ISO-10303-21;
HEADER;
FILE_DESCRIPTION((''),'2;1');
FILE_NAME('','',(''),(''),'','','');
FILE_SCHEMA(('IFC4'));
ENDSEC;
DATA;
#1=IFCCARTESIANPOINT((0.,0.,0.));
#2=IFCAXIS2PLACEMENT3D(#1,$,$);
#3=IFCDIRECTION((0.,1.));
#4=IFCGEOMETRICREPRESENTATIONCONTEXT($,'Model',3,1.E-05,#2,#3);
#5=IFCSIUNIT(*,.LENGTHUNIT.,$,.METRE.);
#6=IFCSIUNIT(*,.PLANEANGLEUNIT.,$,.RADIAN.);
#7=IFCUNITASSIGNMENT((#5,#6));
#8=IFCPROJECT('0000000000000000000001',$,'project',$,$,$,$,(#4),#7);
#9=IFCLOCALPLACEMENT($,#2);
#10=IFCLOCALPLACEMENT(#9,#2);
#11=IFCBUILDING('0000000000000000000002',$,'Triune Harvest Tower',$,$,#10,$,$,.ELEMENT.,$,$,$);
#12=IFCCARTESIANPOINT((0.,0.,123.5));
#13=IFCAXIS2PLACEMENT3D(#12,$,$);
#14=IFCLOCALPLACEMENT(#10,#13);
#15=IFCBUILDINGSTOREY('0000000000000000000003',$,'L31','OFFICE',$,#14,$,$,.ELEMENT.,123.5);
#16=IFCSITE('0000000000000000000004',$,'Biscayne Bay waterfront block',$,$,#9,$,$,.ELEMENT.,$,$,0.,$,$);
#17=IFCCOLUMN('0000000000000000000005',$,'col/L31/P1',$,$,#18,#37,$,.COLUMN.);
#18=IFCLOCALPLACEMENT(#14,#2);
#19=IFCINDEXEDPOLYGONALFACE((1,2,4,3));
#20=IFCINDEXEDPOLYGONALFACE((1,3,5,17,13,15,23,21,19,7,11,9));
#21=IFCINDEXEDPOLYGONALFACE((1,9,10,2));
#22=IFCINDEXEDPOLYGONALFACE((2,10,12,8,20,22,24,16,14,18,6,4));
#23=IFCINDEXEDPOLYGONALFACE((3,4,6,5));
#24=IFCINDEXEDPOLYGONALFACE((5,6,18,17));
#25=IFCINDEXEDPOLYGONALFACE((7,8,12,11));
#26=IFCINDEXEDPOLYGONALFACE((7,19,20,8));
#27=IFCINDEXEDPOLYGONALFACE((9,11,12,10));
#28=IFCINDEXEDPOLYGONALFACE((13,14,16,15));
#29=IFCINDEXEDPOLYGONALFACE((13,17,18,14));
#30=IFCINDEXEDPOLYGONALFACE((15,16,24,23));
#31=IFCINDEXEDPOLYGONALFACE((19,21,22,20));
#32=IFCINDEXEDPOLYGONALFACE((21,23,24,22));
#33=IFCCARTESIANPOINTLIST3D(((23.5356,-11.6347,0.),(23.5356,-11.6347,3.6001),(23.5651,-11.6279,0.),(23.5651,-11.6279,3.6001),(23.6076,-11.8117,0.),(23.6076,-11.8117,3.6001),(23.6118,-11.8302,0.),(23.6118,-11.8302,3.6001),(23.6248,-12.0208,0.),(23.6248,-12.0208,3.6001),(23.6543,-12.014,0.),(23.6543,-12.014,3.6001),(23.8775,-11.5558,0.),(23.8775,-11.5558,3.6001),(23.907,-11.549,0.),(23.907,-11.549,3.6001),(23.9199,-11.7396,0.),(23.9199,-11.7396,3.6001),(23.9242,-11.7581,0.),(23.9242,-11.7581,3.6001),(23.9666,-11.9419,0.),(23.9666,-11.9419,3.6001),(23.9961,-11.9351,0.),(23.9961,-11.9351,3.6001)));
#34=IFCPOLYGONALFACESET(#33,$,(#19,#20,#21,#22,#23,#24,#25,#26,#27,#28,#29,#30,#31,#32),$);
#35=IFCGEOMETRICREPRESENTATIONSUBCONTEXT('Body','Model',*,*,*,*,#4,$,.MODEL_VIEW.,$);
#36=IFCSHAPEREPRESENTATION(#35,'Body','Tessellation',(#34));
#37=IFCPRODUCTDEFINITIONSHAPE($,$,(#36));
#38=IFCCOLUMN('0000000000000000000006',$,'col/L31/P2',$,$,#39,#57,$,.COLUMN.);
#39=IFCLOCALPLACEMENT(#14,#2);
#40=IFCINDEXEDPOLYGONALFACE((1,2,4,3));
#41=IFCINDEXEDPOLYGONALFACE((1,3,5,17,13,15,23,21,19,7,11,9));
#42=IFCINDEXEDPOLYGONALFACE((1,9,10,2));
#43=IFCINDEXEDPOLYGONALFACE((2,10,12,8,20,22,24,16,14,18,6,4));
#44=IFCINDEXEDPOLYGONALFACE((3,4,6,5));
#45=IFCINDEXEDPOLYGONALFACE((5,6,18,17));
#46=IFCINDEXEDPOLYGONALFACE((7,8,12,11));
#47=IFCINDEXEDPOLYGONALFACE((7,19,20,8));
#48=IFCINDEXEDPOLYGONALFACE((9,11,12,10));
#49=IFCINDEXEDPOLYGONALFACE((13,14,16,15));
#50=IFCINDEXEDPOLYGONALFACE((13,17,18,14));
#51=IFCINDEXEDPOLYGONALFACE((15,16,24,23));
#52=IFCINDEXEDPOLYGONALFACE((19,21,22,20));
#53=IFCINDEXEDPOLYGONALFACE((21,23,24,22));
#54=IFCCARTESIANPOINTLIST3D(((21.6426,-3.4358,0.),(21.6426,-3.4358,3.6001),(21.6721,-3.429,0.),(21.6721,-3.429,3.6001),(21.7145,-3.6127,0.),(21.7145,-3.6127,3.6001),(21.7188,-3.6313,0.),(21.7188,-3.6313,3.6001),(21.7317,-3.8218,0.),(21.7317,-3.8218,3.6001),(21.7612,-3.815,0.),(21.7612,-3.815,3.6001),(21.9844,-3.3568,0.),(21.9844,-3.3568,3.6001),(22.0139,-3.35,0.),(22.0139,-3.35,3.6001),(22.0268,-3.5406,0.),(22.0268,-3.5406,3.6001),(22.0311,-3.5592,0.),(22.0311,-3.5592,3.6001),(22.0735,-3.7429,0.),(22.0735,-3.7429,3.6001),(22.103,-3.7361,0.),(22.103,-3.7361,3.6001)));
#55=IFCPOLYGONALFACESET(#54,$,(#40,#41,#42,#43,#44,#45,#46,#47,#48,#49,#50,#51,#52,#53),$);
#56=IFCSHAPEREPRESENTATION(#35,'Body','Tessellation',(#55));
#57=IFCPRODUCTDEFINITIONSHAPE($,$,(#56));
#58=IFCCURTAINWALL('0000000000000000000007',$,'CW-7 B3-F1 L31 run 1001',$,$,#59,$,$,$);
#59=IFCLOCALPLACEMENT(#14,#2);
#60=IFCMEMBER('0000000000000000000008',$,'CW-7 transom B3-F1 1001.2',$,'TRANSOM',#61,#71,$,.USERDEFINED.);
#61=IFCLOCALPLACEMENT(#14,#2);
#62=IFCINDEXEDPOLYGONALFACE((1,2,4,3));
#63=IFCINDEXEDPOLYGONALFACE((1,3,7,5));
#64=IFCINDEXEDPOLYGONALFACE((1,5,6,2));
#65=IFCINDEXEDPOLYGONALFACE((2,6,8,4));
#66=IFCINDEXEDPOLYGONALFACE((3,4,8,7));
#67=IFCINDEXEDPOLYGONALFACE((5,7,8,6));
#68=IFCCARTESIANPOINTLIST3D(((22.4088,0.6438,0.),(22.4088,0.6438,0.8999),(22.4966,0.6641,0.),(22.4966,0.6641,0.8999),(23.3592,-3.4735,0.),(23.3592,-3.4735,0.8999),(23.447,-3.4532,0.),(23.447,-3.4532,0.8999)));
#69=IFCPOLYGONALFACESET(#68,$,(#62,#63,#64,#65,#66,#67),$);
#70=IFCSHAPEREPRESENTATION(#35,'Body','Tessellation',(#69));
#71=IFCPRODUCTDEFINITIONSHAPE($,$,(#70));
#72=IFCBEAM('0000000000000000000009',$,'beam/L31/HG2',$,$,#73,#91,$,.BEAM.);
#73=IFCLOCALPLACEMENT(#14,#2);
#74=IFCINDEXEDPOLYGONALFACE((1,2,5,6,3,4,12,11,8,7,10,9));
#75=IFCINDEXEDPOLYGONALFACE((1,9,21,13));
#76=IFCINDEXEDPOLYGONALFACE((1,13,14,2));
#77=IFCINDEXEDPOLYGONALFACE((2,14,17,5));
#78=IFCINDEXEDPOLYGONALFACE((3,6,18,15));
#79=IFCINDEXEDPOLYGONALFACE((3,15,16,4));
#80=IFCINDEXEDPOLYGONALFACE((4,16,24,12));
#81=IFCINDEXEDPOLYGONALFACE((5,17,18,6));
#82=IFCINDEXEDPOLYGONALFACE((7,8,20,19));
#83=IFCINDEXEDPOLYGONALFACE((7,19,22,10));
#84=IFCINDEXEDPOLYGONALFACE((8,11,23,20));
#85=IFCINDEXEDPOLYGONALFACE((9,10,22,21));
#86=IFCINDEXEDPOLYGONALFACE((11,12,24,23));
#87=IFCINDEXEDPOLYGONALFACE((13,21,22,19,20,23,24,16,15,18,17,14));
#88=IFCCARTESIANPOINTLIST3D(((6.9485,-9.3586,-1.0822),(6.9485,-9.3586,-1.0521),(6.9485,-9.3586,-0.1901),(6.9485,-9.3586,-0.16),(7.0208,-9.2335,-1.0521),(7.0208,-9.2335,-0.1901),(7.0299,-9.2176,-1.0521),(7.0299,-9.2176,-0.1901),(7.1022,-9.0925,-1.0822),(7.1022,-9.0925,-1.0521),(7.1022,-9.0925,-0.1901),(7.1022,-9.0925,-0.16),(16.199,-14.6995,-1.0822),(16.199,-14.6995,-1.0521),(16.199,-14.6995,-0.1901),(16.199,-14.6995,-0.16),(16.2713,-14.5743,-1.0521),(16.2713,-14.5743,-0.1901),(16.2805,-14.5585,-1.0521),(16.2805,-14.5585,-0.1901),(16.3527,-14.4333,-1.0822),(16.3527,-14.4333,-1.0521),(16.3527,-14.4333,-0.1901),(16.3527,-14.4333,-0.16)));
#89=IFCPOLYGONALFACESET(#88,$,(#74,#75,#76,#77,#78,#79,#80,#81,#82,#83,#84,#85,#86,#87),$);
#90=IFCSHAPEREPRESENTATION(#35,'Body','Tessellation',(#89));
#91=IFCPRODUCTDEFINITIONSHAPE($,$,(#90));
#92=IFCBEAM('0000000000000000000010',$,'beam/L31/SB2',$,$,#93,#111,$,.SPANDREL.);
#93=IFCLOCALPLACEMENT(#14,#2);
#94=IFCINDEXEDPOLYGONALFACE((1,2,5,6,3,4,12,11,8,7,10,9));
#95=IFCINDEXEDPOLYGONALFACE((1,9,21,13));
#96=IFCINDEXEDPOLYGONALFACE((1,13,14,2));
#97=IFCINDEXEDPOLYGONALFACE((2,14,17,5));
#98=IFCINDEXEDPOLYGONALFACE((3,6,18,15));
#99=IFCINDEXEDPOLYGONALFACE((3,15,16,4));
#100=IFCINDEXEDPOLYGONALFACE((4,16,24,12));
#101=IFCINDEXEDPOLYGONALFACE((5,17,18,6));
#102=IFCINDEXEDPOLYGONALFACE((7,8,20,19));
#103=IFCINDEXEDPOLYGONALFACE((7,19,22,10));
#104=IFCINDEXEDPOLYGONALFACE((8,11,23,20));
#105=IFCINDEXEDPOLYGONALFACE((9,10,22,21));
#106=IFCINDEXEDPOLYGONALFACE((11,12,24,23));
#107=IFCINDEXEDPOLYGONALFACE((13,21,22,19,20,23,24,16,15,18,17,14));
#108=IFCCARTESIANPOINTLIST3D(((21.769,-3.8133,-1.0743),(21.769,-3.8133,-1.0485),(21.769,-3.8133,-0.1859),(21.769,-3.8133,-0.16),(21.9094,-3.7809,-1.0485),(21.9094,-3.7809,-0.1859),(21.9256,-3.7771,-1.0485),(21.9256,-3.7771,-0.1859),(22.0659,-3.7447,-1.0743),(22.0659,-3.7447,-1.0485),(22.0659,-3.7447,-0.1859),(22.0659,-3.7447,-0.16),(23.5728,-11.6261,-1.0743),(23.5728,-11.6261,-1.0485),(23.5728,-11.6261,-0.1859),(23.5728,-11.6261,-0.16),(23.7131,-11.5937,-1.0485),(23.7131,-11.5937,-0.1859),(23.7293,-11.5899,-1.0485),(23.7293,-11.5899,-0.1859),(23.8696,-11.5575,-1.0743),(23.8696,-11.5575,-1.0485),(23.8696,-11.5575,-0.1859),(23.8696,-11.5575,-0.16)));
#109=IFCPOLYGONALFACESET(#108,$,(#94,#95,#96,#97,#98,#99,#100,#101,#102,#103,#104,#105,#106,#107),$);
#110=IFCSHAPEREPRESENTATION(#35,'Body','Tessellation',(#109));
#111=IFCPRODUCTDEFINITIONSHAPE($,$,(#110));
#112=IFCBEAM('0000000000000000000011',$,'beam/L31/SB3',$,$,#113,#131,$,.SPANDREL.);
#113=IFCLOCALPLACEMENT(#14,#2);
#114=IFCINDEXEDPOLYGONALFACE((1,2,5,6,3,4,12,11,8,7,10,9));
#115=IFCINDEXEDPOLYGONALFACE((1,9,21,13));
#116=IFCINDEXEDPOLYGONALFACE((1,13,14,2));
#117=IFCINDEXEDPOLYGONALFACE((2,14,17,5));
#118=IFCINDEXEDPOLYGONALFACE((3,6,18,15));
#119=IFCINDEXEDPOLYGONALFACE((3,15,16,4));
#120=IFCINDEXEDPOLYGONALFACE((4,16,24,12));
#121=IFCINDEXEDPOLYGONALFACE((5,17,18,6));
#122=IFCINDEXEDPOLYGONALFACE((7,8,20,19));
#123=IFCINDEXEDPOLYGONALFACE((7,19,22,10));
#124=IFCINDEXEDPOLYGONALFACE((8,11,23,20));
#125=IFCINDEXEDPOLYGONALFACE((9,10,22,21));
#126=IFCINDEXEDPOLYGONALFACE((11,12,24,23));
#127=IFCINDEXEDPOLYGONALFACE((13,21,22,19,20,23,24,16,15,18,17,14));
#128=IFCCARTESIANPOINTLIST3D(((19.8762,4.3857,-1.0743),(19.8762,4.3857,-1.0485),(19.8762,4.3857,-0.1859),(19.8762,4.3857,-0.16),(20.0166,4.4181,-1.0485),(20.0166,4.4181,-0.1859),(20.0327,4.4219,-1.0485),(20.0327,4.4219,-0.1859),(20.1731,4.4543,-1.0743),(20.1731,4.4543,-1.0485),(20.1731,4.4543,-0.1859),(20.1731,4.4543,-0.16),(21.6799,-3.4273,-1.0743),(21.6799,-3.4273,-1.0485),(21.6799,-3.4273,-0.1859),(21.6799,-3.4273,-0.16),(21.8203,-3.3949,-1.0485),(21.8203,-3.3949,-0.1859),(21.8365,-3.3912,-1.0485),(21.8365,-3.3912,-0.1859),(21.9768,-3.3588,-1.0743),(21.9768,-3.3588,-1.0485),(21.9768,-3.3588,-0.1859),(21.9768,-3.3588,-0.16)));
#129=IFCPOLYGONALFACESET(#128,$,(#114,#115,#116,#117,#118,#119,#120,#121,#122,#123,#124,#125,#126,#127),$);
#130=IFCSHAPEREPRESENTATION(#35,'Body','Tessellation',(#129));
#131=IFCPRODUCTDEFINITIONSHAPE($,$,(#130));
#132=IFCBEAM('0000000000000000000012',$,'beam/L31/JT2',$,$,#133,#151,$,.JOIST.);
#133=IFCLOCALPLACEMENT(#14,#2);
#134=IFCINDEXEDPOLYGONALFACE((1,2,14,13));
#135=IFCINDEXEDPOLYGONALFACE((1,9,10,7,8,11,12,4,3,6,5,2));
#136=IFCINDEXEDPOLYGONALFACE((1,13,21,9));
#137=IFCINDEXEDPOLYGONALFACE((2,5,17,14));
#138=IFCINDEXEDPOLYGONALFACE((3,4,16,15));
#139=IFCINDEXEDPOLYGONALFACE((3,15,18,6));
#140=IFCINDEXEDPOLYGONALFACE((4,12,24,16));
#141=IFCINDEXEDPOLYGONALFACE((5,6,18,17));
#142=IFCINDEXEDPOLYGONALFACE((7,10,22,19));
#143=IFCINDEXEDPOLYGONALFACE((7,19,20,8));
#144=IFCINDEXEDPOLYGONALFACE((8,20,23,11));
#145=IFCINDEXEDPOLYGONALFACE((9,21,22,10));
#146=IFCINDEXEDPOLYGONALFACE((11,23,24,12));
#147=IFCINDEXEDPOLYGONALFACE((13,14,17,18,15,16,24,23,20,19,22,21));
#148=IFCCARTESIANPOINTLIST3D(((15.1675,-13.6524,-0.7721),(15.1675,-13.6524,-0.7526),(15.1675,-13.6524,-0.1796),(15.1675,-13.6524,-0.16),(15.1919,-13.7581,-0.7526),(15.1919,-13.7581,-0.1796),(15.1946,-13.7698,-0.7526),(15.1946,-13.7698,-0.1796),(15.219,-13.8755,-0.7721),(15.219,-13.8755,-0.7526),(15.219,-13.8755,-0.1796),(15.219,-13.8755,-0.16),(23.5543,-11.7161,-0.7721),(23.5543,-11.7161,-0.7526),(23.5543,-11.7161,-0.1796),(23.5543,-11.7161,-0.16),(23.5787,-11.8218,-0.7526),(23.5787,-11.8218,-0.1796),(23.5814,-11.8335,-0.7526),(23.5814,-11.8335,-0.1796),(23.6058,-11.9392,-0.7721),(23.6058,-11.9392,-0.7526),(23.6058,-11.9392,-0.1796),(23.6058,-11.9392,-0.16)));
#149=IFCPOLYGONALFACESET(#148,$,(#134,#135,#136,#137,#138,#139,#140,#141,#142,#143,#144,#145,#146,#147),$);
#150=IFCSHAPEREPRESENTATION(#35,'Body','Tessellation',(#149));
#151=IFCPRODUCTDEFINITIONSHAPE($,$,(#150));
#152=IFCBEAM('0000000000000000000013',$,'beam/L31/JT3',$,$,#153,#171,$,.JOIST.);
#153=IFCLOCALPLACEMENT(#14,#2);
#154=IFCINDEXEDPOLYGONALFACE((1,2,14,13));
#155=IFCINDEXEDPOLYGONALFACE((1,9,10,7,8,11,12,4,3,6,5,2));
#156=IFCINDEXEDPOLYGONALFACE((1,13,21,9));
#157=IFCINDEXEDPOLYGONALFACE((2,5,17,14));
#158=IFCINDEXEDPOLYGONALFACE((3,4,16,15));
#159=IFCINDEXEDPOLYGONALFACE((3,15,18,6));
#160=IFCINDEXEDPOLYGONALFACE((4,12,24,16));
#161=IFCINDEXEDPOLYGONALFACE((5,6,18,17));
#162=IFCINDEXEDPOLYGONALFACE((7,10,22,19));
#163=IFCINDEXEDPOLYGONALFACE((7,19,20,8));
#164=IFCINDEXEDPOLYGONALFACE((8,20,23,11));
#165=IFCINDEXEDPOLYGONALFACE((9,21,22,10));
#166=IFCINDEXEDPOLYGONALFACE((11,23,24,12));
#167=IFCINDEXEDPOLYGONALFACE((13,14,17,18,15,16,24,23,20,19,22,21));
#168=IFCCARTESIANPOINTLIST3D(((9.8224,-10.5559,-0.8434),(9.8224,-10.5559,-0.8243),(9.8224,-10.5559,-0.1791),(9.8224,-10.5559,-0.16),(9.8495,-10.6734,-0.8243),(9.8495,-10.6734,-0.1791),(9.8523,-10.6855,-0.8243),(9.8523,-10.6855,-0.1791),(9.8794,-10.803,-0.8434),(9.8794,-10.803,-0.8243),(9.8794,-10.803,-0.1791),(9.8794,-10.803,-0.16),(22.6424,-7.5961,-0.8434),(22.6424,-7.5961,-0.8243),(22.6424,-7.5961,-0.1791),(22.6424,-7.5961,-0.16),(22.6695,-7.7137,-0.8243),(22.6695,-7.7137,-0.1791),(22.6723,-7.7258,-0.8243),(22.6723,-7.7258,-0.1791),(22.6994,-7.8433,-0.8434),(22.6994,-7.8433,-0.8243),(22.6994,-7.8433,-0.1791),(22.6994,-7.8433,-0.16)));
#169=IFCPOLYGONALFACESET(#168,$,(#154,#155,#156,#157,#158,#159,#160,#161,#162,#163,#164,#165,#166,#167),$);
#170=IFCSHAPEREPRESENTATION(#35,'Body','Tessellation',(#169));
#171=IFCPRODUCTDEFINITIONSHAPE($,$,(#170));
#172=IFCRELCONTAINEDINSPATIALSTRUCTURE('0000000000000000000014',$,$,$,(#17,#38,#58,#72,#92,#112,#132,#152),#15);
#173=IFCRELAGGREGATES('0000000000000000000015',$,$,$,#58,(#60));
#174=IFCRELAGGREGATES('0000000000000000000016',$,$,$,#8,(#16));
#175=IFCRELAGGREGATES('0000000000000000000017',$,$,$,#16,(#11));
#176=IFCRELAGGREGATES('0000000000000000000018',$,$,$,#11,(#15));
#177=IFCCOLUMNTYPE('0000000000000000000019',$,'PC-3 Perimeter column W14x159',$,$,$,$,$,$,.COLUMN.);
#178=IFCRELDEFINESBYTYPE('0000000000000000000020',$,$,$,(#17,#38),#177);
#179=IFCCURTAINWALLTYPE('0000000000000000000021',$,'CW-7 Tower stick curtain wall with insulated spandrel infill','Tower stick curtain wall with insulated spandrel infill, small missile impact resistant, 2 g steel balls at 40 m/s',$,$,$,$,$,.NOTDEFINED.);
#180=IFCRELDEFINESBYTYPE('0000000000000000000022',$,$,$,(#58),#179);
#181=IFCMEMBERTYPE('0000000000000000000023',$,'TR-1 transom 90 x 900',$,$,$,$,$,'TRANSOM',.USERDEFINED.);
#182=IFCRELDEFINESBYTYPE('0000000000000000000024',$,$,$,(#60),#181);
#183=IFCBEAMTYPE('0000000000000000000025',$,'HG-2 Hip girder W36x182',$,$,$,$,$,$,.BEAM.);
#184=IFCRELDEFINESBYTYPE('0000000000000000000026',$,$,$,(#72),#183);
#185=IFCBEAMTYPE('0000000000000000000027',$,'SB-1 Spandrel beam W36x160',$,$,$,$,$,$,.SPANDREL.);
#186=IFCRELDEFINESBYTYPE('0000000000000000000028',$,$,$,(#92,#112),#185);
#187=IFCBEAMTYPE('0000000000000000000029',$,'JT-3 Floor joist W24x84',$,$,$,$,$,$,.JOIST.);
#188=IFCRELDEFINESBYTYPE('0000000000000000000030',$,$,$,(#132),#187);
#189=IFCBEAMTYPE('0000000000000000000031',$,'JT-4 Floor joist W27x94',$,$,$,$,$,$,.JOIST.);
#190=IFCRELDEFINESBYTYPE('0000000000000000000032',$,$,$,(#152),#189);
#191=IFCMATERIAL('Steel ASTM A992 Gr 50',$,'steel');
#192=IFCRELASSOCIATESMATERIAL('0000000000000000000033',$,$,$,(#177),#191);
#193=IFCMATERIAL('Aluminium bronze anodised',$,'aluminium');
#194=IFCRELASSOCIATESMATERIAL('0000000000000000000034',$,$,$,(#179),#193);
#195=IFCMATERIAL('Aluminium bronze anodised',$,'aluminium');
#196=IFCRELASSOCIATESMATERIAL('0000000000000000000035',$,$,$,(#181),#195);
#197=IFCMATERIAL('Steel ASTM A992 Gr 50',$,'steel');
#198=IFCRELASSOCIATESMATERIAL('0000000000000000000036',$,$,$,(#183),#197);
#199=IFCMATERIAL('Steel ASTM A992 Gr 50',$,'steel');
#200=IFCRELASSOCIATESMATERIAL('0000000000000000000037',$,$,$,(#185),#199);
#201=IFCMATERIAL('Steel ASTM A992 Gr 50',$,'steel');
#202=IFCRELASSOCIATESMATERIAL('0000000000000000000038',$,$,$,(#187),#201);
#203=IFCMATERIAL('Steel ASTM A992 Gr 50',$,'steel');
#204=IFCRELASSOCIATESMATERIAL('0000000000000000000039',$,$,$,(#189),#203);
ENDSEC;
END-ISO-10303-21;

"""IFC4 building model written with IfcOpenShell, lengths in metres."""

from ifc_helpers import new_model, si_unit, direction, frame, origin, origin_2d, place, context, subcontext, project, spatial, rectangle, i_section, extrude, source, transform, mapped, material, material_profile, profile_set, type_object, element, aggregate, save


model = new_model("IFC4")

# Units and contexts
model_context = context("Model", 3, precision=1e-05, world=origin(), true_north=direction((0.0, 1.0)))
body_context = subcontext(model_context, "Body", "Model", "MODEL_VIEW")
ifc_project = project(units=[si_unit("LENGTHUNIT", "METRE"), si_unit("PLANEANGLEUNIT", "RADIAN")], contexts=[model_context])

# Site, building, storey
site_placement = place(None, origin())
site = spatial("IfcSite", under=ifc_project, at=site_placement, Name="Biscayne Bay waterfront block", CompositionType="ELEMENT", RefElevation=0.0)
building_placement = place(site_placement, origin())
building = spatial("IfcBuilding", under=site, at=building_placement, Name="Triune Harvest Tower", CompositionType="ELEMENT")
storey_placement = place(building_placement, frame((0.0, 0.0, 123.5)))
storey = spatial("IfcBuildingStorey", under=building, at=storey_placement, Name="L31", Description="OFFICE", CompositionType="ELEMENT", Elevation=123.5)

# Columns
ifc_material_1 = material(Name="Steel ASTM A992 Gr 50", Category="steel")
ifc_material_profile_1 = material_profile(ifc_material_1, i_section(OverallWidth=0.3962, OverallDepth=0.3811, WebThickness=0.019, FlangeThickness=0.0303, at=origin_2d()), Name="W14x159")
ifc_profile_set_1 = profile_set([ifc_material_profile_1], Name="Steel ASTM A992 Gr 50")
column_type = type_object("IfcColumnType", Name="PC-3 Perimeter column W14x159", PredefinedType="COLUMN", material=ifc_profile_set_1)
shared_shape_1 = source(origin(), body_context, "Body", "SweptSolid", [
    extrude(i_section(OverallWidth=0.3962, OverallDepth=0.3811, WebThickness=0.019, FlangeThickness=0.0303, at=origin_2d()), origin(), (0.0, 0.0, 1.0), 3.6001),
])
for number, where, z_axis, x_axis, name in (
    (1, (23.7659, -11.7849, 0.0), (0.0, 0.0, 1.0), (-0.224953, 0.97437, 0.0), "col/L31/P1"),
    (2, (21.8728, -3.5859, 0.0), (0.0, 0.0, 1.0), (-0.224953, 0.97437, 0.0), "col/L31/P2"),
):
    element("IfcColumn", number, at=place(storey_placement, frame(where, z_axis=z_axis, x_axis=x_axis)), inside=storey, type_object=column_type, Name=name, PredefinedType="COLUMN", context=body_context, shape_type="MappedRepresentation", body=[
        mapped(shared_shape_1, transform((0.0, 0.0, 0.0), scale=1.0)),
    ])

# Curtain wall, member
ifc_material_2 = material(Name="Aluminium bronze anodised", Category="aluminium")
curtain_wall_type_1 = type_object("IfcCurtainWallType", Name="CW-7 Tower stick curtain wall with insulated spandrel infill", Description="Tower stick curtain wall with insulated spandrel infill, small missile impact resistant, 2 g steel balls at 40 m/s", PredefinedType="NOTDEFINED", material=ifc_material_2)
curtain_wall_1_placement = place(storey_placement, origin())
curtain_wall_1 = element("IfcCurtainWall", 3, at=curtain_wall_1_placement, inside=storey, type_object=curtain_wall_type_1, Name="CW-7 B3-F1 L31 run 1001")
ifc_material_3 = material(Name="Aluminium bronze anodised", Category="aluminium")
ifc_material_profile_2 = material_profile(ifc_material_3, rectangle(XDim=0.0901, YDim=0.8999, at=origin_2d()), Name="TR-1 transom 90 x 900")
ifc_profile_set_2 = profile_set([ifc_material_profile_2], Name="Aluminium bronze anodised")
member_type_1 = type_object("IfcMemberType", Name="TR-1 transom 90 x 900", ElementType="TRANSOM", PredefinedType="USERDEFINED", material=ifc_profile_set_2)
member_1_placement = place(storey_placement, frame((23.4031, -3.4634, 0.45), z_axis=(-0.224919, 0.974378, 0.0), x_axis=(-0.974378, -0.224919, 0.0)))
member_1 = element("IfcMember", 4, at=member_1_placement, type_object=member_type_1, Name="CW-7 transom B3-F1 1001.2", ObjectType="TRANSOM", PredefinedType="USERDEFINED", context=body_context, shape_type="SweptSolid", body=[
    extrude(rectangle(XDim=0.0901, YDim=0.8999, at=origin_2d()), origin(), (0.0, 0.0, 1.0), 4.2256),
])

# Beams
ifc_material_4 = material(Name="Steel ASTM A992 Gr 50", Category="steel")
ifc_material_profile_3 = material_profile(ifc_material_4, i_section(OverallWidth=0.3074, OverallDepth=0.9221, WebThickness=0.0183, FlangeThickness=0.03, at=origin_2d()), Name="W36x182")
ifc_profile_set_3 = profile_set([ifc_material_profile_3], Name="Steel ASTM A992 Gr 50")
beam_type_1 = type_object("IfcBeamType", Name="HG-2 Hip girder W36x182", PredefinedType="BEAM", material=ifc_profile_set_3)
shared_shape_2 = source(origin(), body_context, "Body", "SweptSolid", [
    extrude(i_section(OverallWidth=0.3074, OverallDepth=0.9221, WebThickness=0.0183, FlangeThickness=0.03, at=origin_2d()), origin(), (0.0, 0.0, 1.0), 10.6816),
])
beam_1_placement = place(storey_placement, frame((16.2759, -14.5664, -0.6211), z_axis=(-0.866023, 0.500003, 0.0), x_axis=(-0.500003, -0.866023, 0.0)))
element("IfcBeam", 5, at=beam_1_placement, inside=storey, type_object=beam_type_1, Name="beam/L31/HG2", PredefinedType="BEAM", context=body_context, shape_type="MappedRepresentation", body=[
    mapped(shared_shape_2, transform((0.0, 0.0, 0.0), scale=1.0)),
])
ifc_material_5 = material(Name="Steel ASTM A992 Gr 50", Category="steel")
ifc_material_profile_4 = material_profile(ifc_material_5, i_section(OverallWidth=0.3047, OverallDepth=0.9143, WebThickness=0.0166, FlangeThickness=0.0259, at=origin_2d()), Name="W36x160")
ifc_profile_set_4 = profile_set([ifc_material_profile_4], Name="Steel ASTM A992 Gr 50")
beam_type_2 = type_object("IfcBeamType", Name="SB-1 Spandrel beam W36x160", PredefinedType="SPANDREL", material=ifc_profile_set_4)
shared_shape_3 = source(origin(), body_context, "Body", "SweptSolid", [
    extrude(i_section(OverallWidth=0.3047, OverallDepth=0.9143, WebThickness=0.0166, FlangeThickness=0.0259, at=origin_2d()), origin(), (0.0, 0.0, 1.0), 8.0183),
])
beam_2_placement = place(storey_placement, frame((23.7212, -11.5918, -0.6172), z_axis=(-0.224951, 0.97437, 0.0), x_axis=(-0.97437, -0.224951, 0.0)))
element("IfcBeam", 6, at=beam_2_placement, inside=storey, type_object=beam_type_2, Name="beam/L31/SB2", PredefinedType="SPANDREL", context=body_context, shape_type="MappedRepresentation", body=[
    mapped(shared_shape_3, transform((0.0, 0.0, 0.0), scale=1.0)),
])
shared_shape_4 = source(origin(), body_context, "Body", "SweptSolid", [
    extrude(i_section(OverallWidth=0.3047, OverallDepth=0.9143, WebThickness=0.0166, FlangeThickness=0.0259, at=origin_2d()), origin(), (0.0, 0.0, 1.0), 8.0186),
])
beam_3_placement = place(storey_placement, frame((21.8284, -3.3931, -0.6172), z_axis=(-0.224944, 0.974372, 0.0), x_axis=(-0.974372, -0.224944, 0.0)))
element("IfcBeam", 7, at=beam_3_placement, inside=storey, type_object=beam_type_2, Name="beam/L31/SB3", PredefinedType="SPANDREL", context=body_context, shape_type="MappedRepresentation", body=[
    mapped(shared_shape_4, transform((0.0, 0.0, 0.0), scale=1.0)),
])
ifc_material_6 = material(Name="Steel ASTM A992 Gr 50", Category="steel")
ifc_material_profile_5 = material_profile(ifc_material_6, i_section(OverallWidth=0.229, OverallDepth=0.6121, WebThickness=0.012, FlangeThickness=0.0195, at=origin_2d()), Name="W24x84")
ifc_profile_set_5 = profile_set([ifc_material_profile_5], Name="Steel ASTM A992 Gr 50")
beam_type_3 = type_object("IfcBeamType", Name="JT-3 Floor joist W24x84", PredefinedType="JOIST", material=ifc_profile_set_5)
shared_shape_5 = source(origin(), body_context, "Body", "SweptSolid", [
    extrude(i_section(OverallWidth=0.229, OverallDepth=0.6121, WebThickness=0.012, FlangeThickness=0.0195, at=origin_2d()), origin(), (0.0, 0.0, 1.0), 8.6074),
])
beam_4_placement = place(storey_placement, frame((23.5801, -11.8276, -0.4661), z_axis=(-0.974369, -0.224957, 0.0), x_axis=(0.224957, -0.974369, 0.0)))
element("IfcBeam", 8, at=beam_4_placement, inside=storey, type_object=beam_type_3, Name="beam/L31/JT2", PredefinedType="JOIST", context=body_context, shape_type="MappedRepresentation", body=[
    mapped(shared_shape_5, transform((0.0, 0.0, 0.0), scale=1.0)),
])
ifc_material_7 = material(Name="Steel ASTM A992 Gr 50", Category="steel")
ifc_material_profile_6 = material_profile(ifc_material_7, i_section(OverallWidth=0.2537, OverallDepth=0.6833, WebThickness=0.0125, FlangeThickness=0.019, at=origin_2d()), Name="W27x94")
ifc_profile_set_6 = profile_set([ifc_material_profile_6], Name="Steel ASTM A992 Gr 50")
beam_type_4 = type_object("IfcBeamType", Name="JT-4 Floor joist W27x94", PredefinedType="JOIST", material=ifc_profile_set_6)
shared_shape_6 = source(origin(), body_context, "Body", "SweptSolid", [
    extrude(i_section(OverallWidth=0.2537, OverallDepth=0.6833, WebThickness=0.0125, FlangeThickness=0.019, at=origin_2d()), origin(), (0.0, 0.0, 1.0), 13.1572),
])
beam_5_placement = place(storey_placement, frame((22.6709, -7.7197, -0.5017), z_axis=(-0.974371, -0.224949, 0.0), x_axis=(0.224949, -0.974371, 0.0)))
element("IfcBeam", 9, at=beam_5_placement, inside=storey, type_object=beam_type_4, Name="beam/L31/JT3", PredefinedType="JOIST", context=body_context, shape_type="MappedRepresentation", body=[
    mapped(shared_shape_6, transform((0.0, 0.0, 0.0), scale=1.0)),
])

aggregate(curtain_wall_1, [member_1])

save(model, "model.ifc")
